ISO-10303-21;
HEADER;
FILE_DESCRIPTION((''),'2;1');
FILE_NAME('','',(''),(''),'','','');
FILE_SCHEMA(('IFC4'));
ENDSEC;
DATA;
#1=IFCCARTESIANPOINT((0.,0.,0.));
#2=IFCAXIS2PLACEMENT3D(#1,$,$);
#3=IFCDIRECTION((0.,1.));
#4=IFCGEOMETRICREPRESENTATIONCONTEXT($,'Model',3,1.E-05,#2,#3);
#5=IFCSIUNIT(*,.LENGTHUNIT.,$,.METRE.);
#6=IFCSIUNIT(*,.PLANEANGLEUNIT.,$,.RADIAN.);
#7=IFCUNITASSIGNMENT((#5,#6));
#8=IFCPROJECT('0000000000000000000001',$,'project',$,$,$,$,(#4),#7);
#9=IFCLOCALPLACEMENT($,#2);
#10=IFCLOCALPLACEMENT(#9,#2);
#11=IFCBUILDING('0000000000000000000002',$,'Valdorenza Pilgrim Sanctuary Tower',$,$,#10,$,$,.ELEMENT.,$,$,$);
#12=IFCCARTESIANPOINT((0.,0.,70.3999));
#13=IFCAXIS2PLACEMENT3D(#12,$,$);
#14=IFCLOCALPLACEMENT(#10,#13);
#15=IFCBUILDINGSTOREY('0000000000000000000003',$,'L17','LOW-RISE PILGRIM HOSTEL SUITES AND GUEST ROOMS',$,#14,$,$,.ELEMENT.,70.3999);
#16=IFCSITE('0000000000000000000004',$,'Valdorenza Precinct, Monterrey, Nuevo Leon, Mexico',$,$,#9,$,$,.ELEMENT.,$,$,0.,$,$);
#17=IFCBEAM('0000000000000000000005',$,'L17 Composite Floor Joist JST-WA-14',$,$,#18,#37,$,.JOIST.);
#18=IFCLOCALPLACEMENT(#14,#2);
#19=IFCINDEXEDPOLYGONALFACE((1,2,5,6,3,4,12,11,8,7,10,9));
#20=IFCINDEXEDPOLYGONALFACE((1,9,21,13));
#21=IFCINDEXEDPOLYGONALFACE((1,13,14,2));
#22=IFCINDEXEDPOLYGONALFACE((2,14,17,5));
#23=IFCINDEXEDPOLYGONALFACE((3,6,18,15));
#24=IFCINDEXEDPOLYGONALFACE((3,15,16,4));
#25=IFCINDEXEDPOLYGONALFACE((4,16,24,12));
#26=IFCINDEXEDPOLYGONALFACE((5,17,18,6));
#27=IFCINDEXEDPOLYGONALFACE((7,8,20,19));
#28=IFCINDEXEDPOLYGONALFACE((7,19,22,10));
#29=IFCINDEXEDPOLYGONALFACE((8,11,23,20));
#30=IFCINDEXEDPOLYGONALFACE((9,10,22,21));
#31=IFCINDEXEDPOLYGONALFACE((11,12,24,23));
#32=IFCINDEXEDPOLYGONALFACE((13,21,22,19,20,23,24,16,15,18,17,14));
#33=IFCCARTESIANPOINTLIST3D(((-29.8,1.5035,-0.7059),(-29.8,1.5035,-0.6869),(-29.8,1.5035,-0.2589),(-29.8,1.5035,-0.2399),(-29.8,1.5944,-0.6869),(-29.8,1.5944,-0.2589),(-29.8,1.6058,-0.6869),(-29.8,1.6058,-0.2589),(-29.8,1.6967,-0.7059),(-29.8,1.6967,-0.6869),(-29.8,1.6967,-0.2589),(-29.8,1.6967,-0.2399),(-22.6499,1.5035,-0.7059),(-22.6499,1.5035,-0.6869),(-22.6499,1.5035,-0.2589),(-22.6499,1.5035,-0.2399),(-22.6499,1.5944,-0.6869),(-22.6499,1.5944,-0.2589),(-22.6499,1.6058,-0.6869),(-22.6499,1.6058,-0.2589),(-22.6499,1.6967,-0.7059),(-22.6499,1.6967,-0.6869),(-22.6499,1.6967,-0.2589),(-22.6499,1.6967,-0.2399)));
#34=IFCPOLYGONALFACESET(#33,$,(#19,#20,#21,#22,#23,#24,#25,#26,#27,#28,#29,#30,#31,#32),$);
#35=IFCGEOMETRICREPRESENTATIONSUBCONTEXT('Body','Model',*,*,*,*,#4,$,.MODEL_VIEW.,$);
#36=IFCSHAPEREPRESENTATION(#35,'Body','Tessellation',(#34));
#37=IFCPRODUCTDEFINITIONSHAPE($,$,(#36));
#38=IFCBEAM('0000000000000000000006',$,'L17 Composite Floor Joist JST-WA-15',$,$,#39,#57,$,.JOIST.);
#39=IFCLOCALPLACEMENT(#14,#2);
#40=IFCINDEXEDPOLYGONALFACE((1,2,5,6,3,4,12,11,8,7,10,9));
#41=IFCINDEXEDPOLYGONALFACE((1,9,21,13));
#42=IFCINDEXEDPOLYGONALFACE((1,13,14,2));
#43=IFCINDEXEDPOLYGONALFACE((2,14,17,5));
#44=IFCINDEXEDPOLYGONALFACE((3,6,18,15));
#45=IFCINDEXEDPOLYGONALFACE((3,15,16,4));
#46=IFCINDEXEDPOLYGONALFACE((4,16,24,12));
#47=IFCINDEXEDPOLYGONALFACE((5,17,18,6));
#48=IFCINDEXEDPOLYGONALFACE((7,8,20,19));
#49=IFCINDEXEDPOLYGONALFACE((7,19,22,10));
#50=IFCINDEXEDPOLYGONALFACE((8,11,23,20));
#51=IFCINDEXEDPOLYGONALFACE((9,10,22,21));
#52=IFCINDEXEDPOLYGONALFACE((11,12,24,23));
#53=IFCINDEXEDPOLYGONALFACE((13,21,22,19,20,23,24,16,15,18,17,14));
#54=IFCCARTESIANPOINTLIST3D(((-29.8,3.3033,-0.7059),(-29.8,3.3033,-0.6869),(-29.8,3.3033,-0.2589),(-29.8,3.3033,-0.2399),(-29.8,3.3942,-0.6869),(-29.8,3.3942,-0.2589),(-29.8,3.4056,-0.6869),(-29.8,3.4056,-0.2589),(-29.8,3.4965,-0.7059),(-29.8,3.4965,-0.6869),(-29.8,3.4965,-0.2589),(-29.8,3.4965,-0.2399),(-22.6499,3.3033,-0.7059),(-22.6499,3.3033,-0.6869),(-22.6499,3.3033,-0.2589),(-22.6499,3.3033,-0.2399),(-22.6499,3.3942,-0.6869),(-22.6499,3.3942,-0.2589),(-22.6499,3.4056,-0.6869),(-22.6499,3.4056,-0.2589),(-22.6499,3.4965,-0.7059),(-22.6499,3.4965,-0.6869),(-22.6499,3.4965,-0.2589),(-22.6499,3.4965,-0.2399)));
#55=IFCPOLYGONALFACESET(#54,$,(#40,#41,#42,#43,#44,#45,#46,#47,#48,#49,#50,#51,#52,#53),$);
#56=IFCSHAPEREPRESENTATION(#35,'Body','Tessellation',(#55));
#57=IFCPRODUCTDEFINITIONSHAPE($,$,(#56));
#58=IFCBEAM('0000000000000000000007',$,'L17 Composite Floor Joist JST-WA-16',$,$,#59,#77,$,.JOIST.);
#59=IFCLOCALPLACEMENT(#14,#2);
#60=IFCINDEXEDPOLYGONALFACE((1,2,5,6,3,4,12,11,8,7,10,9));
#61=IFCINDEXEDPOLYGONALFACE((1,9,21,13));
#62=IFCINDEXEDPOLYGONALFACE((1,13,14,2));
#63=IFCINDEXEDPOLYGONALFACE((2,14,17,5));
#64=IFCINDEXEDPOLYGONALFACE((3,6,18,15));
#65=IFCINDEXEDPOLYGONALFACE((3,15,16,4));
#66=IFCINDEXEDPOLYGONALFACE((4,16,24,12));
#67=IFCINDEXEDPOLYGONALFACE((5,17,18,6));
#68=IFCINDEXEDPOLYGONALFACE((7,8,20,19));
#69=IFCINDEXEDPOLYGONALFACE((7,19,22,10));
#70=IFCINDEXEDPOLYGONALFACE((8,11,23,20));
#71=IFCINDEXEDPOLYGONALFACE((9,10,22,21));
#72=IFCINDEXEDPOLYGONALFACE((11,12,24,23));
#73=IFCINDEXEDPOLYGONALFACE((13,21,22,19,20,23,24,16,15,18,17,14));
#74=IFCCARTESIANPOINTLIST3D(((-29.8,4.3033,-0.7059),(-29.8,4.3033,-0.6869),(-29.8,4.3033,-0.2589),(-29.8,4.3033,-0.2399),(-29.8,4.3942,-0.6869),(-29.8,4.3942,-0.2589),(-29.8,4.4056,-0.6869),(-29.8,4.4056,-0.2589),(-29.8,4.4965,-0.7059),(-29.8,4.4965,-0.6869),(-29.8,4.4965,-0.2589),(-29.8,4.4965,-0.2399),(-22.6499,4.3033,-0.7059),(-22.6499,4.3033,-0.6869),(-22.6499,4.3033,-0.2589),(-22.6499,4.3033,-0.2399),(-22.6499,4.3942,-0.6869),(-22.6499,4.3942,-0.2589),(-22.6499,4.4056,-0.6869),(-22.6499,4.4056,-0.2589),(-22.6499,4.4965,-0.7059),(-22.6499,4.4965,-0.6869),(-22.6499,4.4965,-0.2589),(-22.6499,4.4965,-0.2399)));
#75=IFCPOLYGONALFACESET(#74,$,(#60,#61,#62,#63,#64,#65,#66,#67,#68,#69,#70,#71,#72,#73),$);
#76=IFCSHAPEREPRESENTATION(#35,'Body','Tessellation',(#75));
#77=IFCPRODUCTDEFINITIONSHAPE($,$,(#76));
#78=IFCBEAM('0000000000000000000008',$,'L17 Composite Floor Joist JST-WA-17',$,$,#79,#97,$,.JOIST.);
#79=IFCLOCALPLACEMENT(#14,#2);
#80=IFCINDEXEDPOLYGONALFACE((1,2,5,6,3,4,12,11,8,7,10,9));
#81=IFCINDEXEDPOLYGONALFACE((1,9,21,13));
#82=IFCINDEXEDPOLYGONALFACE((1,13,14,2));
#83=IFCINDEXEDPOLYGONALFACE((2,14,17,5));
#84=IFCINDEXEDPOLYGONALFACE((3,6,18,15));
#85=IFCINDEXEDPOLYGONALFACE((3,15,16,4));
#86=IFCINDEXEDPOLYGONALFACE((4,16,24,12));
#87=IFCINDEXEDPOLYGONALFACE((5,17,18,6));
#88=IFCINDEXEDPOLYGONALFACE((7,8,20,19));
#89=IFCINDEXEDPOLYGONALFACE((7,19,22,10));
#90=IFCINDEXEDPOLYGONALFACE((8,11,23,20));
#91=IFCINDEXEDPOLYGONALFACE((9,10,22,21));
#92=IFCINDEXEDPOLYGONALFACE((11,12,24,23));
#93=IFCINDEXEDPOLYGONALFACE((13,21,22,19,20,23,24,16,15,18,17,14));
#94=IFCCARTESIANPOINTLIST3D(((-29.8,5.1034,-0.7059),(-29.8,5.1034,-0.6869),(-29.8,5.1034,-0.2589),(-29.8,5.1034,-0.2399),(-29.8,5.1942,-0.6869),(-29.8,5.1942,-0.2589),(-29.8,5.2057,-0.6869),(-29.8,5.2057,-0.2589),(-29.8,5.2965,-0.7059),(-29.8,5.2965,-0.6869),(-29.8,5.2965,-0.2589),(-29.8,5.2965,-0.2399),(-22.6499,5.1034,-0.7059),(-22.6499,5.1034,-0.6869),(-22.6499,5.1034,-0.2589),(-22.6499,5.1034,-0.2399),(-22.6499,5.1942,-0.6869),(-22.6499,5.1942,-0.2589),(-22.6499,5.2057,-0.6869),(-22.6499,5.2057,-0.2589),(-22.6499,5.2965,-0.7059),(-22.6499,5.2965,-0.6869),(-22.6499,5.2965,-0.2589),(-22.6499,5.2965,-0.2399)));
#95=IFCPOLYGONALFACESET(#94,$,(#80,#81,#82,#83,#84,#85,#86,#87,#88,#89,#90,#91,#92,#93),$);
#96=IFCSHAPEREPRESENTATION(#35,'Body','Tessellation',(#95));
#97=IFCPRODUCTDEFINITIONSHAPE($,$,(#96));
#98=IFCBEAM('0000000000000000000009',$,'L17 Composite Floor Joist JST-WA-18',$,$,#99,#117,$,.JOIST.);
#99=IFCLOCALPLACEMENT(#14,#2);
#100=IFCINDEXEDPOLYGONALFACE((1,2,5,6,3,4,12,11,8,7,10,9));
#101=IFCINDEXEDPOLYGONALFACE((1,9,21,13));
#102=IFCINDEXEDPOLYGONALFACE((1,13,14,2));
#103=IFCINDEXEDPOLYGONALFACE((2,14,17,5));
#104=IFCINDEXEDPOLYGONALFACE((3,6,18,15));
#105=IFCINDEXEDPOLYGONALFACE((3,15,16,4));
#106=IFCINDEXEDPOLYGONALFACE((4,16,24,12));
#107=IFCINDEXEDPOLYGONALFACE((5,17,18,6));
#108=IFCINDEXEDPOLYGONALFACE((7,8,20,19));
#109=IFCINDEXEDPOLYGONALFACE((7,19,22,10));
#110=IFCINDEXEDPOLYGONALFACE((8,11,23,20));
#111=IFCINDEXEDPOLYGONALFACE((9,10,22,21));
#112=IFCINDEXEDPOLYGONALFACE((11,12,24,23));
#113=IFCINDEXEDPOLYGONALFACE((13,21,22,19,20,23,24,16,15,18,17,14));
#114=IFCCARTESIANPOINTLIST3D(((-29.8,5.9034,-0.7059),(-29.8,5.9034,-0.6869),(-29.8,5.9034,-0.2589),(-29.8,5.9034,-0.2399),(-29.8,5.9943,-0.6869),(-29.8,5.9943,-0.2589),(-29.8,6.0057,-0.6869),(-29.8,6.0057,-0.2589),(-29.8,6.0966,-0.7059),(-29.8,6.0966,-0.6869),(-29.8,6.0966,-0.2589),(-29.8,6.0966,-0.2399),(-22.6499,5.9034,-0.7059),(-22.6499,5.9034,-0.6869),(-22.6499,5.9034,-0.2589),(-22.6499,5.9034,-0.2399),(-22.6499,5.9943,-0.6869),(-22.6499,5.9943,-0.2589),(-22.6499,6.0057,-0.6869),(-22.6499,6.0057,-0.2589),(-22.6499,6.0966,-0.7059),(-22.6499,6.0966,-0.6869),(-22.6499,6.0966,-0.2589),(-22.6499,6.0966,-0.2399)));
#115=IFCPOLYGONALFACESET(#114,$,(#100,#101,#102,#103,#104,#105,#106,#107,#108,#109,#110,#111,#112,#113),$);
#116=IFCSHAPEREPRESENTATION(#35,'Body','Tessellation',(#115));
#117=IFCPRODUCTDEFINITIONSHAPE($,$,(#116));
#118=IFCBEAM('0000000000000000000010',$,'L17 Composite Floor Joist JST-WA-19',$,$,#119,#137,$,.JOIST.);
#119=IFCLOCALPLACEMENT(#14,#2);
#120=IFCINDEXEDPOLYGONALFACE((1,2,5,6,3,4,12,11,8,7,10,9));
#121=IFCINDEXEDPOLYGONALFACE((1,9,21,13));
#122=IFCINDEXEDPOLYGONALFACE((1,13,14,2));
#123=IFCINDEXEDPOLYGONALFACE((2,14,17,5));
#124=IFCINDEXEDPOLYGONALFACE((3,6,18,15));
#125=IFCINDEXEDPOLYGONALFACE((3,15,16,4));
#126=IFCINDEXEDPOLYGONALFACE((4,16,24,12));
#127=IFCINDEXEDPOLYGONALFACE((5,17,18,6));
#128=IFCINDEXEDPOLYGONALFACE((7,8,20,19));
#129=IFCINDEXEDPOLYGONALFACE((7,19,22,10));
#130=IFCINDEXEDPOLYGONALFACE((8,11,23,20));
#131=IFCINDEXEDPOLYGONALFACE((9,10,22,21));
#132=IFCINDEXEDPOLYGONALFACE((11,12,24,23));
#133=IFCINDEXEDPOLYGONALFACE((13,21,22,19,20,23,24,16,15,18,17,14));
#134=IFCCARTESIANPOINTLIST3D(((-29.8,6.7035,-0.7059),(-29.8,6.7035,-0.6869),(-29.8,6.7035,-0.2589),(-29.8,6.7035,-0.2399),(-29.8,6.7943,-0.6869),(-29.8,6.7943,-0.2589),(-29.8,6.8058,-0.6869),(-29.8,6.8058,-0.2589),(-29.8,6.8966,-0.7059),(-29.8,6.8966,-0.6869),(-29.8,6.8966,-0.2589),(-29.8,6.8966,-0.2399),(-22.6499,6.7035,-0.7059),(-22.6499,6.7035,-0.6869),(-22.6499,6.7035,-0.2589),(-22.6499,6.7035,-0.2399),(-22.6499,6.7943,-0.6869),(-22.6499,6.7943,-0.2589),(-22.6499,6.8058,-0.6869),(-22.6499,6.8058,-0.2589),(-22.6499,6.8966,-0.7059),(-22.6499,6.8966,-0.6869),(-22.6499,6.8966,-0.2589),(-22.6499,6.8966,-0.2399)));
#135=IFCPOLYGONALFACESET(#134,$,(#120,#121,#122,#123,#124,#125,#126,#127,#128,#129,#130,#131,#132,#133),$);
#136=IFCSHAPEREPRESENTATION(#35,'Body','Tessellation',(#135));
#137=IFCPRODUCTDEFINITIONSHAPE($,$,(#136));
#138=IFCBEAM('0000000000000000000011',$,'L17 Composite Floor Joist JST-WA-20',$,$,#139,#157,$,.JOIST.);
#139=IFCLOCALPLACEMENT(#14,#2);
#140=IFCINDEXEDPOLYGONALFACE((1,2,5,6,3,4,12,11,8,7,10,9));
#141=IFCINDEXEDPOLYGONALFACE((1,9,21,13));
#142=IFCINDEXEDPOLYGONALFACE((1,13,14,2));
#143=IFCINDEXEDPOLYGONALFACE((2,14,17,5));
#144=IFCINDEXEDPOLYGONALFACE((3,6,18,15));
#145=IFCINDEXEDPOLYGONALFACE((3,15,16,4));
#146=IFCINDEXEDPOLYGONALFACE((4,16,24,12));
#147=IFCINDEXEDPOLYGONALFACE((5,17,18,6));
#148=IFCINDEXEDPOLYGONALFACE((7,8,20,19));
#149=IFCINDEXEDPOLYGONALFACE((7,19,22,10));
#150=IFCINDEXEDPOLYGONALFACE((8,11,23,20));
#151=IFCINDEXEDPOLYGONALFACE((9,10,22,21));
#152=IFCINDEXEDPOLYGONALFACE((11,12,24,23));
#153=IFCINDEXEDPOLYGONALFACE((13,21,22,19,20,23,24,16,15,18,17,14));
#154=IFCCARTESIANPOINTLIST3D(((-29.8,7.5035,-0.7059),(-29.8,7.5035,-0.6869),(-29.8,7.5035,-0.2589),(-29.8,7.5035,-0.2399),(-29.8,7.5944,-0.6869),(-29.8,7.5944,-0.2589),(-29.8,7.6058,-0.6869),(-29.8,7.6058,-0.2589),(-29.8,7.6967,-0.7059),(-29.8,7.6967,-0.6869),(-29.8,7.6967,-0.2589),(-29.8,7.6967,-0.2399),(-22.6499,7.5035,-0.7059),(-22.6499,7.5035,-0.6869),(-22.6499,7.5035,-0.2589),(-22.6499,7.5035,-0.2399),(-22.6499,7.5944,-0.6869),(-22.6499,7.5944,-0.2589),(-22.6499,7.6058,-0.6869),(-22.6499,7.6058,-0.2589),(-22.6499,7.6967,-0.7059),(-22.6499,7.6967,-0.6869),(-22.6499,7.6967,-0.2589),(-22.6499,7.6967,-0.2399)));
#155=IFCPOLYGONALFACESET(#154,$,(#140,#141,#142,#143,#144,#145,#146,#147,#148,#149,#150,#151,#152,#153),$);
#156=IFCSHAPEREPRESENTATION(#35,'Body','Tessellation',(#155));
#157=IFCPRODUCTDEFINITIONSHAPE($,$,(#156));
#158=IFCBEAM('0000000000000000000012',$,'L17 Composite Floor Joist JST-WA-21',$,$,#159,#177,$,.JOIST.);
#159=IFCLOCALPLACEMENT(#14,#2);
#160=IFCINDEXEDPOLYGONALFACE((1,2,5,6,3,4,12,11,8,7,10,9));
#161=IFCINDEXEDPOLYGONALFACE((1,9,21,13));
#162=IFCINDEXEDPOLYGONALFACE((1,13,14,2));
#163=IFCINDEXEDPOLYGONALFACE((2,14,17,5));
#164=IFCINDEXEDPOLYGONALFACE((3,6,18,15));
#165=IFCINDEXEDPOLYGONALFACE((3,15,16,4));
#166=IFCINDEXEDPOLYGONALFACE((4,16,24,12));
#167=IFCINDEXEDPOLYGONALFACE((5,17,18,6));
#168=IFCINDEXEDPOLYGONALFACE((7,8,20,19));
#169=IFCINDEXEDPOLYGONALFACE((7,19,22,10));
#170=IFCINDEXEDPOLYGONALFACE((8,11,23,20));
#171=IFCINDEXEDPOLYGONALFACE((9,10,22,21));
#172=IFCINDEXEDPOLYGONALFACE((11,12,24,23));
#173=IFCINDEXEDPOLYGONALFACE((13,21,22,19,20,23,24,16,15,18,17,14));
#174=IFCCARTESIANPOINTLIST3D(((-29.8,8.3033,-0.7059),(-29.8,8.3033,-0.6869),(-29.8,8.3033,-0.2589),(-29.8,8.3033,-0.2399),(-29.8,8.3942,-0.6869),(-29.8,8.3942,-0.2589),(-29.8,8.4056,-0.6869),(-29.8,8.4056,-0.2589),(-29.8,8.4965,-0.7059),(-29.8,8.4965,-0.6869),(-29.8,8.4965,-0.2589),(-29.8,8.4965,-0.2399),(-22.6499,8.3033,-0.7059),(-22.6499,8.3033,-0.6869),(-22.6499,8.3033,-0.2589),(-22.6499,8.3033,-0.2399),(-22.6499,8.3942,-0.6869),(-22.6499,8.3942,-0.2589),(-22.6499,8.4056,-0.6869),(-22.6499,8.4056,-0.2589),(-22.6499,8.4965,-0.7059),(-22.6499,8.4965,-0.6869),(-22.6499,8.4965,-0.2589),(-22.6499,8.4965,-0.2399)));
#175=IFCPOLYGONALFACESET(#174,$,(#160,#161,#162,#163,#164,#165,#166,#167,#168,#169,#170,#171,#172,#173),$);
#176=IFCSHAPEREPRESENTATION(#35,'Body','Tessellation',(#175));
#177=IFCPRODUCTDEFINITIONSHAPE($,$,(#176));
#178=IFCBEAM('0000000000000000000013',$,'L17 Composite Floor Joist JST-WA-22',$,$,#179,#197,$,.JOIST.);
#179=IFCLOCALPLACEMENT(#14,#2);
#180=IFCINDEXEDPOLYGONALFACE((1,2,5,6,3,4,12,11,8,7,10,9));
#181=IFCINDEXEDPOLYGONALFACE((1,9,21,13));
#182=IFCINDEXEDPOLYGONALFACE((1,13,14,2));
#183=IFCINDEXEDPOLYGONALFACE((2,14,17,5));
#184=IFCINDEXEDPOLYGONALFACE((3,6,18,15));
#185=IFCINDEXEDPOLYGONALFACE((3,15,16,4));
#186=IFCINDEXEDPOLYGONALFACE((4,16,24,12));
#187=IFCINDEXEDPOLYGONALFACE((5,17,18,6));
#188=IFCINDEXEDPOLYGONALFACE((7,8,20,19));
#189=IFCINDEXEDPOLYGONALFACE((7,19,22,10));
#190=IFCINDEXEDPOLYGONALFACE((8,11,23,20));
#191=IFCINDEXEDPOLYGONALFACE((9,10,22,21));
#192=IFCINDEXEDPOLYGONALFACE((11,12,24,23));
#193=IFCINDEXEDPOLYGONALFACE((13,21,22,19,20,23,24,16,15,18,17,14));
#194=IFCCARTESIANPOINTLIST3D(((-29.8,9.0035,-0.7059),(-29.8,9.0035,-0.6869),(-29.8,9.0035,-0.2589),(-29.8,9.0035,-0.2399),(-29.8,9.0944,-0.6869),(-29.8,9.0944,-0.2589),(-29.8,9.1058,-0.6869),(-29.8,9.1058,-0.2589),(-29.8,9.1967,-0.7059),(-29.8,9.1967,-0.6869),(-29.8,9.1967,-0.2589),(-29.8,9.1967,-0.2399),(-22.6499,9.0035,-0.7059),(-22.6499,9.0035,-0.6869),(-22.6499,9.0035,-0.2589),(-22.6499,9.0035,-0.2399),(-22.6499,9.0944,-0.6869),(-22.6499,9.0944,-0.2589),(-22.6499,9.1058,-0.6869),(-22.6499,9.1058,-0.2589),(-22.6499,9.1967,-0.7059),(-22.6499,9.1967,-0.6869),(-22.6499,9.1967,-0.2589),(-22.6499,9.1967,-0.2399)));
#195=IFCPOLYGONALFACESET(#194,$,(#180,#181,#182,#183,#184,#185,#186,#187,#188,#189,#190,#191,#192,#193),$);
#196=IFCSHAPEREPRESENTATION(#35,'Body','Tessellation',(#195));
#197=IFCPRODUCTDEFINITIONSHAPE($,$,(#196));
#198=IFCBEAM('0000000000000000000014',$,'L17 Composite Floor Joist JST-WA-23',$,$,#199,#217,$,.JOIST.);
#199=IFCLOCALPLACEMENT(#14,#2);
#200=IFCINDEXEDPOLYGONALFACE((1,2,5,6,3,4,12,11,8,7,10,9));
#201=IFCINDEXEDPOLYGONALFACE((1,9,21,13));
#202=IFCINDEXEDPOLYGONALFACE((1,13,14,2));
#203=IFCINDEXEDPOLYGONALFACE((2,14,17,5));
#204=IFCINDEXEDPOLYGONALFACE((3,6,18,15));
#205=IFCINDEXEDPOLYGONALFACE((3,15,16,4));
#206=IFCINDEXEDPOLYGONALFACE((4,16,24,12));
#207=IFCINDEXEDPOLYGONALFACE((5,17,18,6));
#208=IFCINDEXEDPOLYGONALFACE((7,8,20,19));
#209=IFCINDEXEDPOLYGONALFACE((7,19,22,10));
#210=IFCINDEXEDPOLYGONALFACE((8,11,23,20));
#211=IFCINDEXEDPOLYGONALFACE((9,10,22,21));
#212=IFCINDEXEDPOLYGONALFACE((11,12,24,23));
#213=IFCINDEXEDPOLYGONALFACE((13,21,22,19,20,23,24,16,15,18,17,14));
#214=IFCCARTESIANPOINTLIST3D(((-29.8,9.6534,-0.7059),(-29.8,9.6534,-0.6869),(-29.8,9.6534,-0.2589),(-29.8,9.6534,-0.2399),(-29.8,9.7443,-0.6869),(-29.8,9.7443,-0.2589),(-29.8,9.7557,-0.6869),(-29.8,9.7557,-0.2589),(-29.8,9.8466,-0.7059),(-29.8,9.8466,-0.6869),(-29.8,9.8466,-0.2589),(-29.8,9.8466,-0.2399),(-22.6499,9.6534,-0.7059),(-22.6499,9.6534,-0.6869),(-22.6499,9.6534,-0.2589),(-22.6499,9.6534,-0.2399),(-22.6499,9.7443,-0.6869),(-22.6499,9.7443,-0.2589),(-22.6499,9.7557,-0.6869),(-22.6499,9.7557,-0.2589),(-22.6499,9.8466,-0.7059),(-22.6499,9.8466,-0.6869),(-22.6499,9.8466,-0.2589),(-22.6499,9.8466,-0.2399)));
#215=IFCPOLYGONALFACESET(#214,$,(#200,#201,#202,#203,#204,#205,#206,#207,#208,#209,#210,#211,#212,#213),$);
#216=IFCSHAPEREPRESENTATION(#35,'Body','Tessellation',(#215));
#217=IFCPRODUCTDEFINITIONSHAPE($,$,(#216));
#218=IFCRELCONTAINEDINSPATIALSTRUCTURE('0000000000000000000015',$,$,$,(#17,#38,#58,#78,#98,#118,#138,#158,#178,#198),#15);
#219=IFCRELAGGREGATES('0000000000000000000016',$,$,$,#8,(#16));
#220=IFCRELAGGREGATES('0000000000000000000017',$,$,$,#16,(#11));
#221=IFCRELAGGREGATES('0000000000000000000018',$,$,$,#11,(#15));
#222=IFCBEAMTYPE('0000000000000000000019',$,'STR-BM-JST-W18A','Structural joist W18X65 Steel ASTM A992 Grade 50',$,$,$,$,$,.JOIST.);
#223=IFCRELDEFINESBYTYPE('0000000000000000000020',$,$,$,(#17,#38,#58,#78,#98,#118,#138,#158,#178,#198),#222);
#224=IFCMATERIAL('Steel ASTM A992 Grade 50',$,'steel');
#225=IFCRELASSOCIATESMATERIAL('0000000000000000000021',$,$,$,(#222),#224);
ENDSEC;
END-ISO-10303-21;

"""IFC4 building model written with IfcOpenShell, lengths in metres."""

from ifc_helpers import new_model, si_unit, direction, frame, origin, origin_2d, place, context, subcontext, project, spatial, i_section, extrude, source, transform, mapped, material, material_profile, profile_set, type_object, element, save


model = new_model("IFC4")

# Units and contexts
model_context = context("Model", 3, precision=1e-05, world=origin(), true_north=direction((0.0, 1.0)))
body_context = subcontext(model_context, "Body", "Model", "MODEL_VIEW")
ifc_project = project(units=[si_unit("LENGTHUNIT", "METRE"), si_unit("PLANEANGLEUNIT", "RADIAN")], contexts=[model_context])

# Site, building, storey
site_placement = place(None, origin())
site = spatial("IfcSite", under=ifc_project, at=site_placement, Name="Valdorenza Precinct, Monterrey, Nuevo Leon, Mexico", CompositionType="ELEMENT", RefElevation=0.0)
building_placement = place(site_placement, origin())
building = spatial("IfcBuilding", under=site, at=building_placement, Name="Valdorenza Pilgrim Sanctuary Tower", CompositionType="ELEMENT")
storey_placement = place(building_placement, frame((0.0, 0.0, 70.3999)))
storey = spatial("IfcBuildingStorey", under=building, at=storey_placement, Name="L17", Description="LOW-RISE PILGRIM HOSTEL SUITES AND GUEST ROOMS", CompositionType="ELEMENT", Elevation=70.3999)

# Beams
ifc_material_1 = material(Name="Steel ASTM A992 Grade 50", Category="steel")
ifc_material_profile_1 = material_profile(ifc_material_1, i_section(OverallWidth=0.1931, OverallDepth=0.4661, WebThickness=0.0115, FlangeThickness=0.019, at=origin_2d()), Name="W18X65")
ifc_profile_set_1 = profile_set([ifc_material_profile_1], Name="Steel ASTM A992 Grade 50")
beam_type = type_object("IfcBeamType", Name="STR-BM-JST-W18A", Description="Structural joist W18X65 Steel ASTM A992 Grade 50", PredefinedType="JOIST", material=ifc_profile_set_1)
shared_shape_1 = source(origin(), body_context, "Body", "SweptSolid", [
    extrude(i_section(OverallWidth=0.1931, OverallDepth=0.4661, WebThickness=0.0115, FlangeThickness=0.019, at=origin_2d()), origin(), (0.0, 0.0, 1.0), 7.1501),
])
for number, where, z_axis, x_axis, name in (
    (1, (-29.8, 1.6001, -0.4729), (1.0, 0.0, 0.0), (0.0, 1.0, 0.0), "L17 Composite Floor Joist JST-WA-14"),
    (2, (-29.8, 3.3999, -0.4729), (1.0, 0.0, 0.0), (0.0, 1.0, 0.0), "L17 Composite Floor Joist JST-WA-15"),
    (3, (-29.8, 4.3999, -0.4729), (1.0, 0.0, 0.0), (0.0, 1.0, 0.0), "L17 Composite Floor Joist JST-WA-16"),
    (4, (-29.8, 5.2, -0.4729), (1.0, 0.0, 0.0), (0.0, 1.0, 0.0), "L17 Composite Floor Joist JST-WA-17"),
    (5, (-29.8, 6.0, -0.4729), (1.0, 0.0, 0.0), (0.0, 1.0, 0.0), "L17 Composite Floor Joist JST-WA-18"),
    (6, (-29.8, 6.8, -0.4729), (1.0, 0.0, 0.0), (0.0, 1.0, 0.0), "L17 Composite Floor Joist JST-WA-19"),
    (7, (-29.8, 7.6001, -0.4729), (1.0, 0.0, 0.0), (0.0, 1.0, 0.0), "L17 Composite Floor Joist JST-WA-20"),
    (8, (-29.8, 8.3999, -0.4729), (1.0, 0.0, 0.0), (0.0, 1.0, 0.0), "L17 Composite Floor Joist JST-WA-21"),
    (9, (-29.8, 9.1001, -0.4729), (1.0, 0.0, 0.0), (0.0, 1.0, 0.0), "L17 Composite Floor Joist JST-WA-22"),
    (10, (-29.8, 9.75, -0.4729), (1.0, 0.0, 0.0), (0.0, 1.0, 0.0), "L17 Composite Floor Joist JST-WA-23"),
):
    element("IfcBeam", number, at=place(storey_placement, frame(where, z_axis=z_axis, x_axis=x_axis)), inside=storey, type_object=beam_type, Name=name, PredefinedType="JOIST", context=body_context, shape_type="MappedRepresentation", body=[
        mapped(shared_shape_1, transform((0.0, 0.0, 0.0), x_axis=(1.0, 0.0, 0.0), y_axis=(0.0, 1.0, 0.0), z_axis=(0.0, 0.0, 1.0), scale=1.0)),
    ])

save(model, "model.ifc")
